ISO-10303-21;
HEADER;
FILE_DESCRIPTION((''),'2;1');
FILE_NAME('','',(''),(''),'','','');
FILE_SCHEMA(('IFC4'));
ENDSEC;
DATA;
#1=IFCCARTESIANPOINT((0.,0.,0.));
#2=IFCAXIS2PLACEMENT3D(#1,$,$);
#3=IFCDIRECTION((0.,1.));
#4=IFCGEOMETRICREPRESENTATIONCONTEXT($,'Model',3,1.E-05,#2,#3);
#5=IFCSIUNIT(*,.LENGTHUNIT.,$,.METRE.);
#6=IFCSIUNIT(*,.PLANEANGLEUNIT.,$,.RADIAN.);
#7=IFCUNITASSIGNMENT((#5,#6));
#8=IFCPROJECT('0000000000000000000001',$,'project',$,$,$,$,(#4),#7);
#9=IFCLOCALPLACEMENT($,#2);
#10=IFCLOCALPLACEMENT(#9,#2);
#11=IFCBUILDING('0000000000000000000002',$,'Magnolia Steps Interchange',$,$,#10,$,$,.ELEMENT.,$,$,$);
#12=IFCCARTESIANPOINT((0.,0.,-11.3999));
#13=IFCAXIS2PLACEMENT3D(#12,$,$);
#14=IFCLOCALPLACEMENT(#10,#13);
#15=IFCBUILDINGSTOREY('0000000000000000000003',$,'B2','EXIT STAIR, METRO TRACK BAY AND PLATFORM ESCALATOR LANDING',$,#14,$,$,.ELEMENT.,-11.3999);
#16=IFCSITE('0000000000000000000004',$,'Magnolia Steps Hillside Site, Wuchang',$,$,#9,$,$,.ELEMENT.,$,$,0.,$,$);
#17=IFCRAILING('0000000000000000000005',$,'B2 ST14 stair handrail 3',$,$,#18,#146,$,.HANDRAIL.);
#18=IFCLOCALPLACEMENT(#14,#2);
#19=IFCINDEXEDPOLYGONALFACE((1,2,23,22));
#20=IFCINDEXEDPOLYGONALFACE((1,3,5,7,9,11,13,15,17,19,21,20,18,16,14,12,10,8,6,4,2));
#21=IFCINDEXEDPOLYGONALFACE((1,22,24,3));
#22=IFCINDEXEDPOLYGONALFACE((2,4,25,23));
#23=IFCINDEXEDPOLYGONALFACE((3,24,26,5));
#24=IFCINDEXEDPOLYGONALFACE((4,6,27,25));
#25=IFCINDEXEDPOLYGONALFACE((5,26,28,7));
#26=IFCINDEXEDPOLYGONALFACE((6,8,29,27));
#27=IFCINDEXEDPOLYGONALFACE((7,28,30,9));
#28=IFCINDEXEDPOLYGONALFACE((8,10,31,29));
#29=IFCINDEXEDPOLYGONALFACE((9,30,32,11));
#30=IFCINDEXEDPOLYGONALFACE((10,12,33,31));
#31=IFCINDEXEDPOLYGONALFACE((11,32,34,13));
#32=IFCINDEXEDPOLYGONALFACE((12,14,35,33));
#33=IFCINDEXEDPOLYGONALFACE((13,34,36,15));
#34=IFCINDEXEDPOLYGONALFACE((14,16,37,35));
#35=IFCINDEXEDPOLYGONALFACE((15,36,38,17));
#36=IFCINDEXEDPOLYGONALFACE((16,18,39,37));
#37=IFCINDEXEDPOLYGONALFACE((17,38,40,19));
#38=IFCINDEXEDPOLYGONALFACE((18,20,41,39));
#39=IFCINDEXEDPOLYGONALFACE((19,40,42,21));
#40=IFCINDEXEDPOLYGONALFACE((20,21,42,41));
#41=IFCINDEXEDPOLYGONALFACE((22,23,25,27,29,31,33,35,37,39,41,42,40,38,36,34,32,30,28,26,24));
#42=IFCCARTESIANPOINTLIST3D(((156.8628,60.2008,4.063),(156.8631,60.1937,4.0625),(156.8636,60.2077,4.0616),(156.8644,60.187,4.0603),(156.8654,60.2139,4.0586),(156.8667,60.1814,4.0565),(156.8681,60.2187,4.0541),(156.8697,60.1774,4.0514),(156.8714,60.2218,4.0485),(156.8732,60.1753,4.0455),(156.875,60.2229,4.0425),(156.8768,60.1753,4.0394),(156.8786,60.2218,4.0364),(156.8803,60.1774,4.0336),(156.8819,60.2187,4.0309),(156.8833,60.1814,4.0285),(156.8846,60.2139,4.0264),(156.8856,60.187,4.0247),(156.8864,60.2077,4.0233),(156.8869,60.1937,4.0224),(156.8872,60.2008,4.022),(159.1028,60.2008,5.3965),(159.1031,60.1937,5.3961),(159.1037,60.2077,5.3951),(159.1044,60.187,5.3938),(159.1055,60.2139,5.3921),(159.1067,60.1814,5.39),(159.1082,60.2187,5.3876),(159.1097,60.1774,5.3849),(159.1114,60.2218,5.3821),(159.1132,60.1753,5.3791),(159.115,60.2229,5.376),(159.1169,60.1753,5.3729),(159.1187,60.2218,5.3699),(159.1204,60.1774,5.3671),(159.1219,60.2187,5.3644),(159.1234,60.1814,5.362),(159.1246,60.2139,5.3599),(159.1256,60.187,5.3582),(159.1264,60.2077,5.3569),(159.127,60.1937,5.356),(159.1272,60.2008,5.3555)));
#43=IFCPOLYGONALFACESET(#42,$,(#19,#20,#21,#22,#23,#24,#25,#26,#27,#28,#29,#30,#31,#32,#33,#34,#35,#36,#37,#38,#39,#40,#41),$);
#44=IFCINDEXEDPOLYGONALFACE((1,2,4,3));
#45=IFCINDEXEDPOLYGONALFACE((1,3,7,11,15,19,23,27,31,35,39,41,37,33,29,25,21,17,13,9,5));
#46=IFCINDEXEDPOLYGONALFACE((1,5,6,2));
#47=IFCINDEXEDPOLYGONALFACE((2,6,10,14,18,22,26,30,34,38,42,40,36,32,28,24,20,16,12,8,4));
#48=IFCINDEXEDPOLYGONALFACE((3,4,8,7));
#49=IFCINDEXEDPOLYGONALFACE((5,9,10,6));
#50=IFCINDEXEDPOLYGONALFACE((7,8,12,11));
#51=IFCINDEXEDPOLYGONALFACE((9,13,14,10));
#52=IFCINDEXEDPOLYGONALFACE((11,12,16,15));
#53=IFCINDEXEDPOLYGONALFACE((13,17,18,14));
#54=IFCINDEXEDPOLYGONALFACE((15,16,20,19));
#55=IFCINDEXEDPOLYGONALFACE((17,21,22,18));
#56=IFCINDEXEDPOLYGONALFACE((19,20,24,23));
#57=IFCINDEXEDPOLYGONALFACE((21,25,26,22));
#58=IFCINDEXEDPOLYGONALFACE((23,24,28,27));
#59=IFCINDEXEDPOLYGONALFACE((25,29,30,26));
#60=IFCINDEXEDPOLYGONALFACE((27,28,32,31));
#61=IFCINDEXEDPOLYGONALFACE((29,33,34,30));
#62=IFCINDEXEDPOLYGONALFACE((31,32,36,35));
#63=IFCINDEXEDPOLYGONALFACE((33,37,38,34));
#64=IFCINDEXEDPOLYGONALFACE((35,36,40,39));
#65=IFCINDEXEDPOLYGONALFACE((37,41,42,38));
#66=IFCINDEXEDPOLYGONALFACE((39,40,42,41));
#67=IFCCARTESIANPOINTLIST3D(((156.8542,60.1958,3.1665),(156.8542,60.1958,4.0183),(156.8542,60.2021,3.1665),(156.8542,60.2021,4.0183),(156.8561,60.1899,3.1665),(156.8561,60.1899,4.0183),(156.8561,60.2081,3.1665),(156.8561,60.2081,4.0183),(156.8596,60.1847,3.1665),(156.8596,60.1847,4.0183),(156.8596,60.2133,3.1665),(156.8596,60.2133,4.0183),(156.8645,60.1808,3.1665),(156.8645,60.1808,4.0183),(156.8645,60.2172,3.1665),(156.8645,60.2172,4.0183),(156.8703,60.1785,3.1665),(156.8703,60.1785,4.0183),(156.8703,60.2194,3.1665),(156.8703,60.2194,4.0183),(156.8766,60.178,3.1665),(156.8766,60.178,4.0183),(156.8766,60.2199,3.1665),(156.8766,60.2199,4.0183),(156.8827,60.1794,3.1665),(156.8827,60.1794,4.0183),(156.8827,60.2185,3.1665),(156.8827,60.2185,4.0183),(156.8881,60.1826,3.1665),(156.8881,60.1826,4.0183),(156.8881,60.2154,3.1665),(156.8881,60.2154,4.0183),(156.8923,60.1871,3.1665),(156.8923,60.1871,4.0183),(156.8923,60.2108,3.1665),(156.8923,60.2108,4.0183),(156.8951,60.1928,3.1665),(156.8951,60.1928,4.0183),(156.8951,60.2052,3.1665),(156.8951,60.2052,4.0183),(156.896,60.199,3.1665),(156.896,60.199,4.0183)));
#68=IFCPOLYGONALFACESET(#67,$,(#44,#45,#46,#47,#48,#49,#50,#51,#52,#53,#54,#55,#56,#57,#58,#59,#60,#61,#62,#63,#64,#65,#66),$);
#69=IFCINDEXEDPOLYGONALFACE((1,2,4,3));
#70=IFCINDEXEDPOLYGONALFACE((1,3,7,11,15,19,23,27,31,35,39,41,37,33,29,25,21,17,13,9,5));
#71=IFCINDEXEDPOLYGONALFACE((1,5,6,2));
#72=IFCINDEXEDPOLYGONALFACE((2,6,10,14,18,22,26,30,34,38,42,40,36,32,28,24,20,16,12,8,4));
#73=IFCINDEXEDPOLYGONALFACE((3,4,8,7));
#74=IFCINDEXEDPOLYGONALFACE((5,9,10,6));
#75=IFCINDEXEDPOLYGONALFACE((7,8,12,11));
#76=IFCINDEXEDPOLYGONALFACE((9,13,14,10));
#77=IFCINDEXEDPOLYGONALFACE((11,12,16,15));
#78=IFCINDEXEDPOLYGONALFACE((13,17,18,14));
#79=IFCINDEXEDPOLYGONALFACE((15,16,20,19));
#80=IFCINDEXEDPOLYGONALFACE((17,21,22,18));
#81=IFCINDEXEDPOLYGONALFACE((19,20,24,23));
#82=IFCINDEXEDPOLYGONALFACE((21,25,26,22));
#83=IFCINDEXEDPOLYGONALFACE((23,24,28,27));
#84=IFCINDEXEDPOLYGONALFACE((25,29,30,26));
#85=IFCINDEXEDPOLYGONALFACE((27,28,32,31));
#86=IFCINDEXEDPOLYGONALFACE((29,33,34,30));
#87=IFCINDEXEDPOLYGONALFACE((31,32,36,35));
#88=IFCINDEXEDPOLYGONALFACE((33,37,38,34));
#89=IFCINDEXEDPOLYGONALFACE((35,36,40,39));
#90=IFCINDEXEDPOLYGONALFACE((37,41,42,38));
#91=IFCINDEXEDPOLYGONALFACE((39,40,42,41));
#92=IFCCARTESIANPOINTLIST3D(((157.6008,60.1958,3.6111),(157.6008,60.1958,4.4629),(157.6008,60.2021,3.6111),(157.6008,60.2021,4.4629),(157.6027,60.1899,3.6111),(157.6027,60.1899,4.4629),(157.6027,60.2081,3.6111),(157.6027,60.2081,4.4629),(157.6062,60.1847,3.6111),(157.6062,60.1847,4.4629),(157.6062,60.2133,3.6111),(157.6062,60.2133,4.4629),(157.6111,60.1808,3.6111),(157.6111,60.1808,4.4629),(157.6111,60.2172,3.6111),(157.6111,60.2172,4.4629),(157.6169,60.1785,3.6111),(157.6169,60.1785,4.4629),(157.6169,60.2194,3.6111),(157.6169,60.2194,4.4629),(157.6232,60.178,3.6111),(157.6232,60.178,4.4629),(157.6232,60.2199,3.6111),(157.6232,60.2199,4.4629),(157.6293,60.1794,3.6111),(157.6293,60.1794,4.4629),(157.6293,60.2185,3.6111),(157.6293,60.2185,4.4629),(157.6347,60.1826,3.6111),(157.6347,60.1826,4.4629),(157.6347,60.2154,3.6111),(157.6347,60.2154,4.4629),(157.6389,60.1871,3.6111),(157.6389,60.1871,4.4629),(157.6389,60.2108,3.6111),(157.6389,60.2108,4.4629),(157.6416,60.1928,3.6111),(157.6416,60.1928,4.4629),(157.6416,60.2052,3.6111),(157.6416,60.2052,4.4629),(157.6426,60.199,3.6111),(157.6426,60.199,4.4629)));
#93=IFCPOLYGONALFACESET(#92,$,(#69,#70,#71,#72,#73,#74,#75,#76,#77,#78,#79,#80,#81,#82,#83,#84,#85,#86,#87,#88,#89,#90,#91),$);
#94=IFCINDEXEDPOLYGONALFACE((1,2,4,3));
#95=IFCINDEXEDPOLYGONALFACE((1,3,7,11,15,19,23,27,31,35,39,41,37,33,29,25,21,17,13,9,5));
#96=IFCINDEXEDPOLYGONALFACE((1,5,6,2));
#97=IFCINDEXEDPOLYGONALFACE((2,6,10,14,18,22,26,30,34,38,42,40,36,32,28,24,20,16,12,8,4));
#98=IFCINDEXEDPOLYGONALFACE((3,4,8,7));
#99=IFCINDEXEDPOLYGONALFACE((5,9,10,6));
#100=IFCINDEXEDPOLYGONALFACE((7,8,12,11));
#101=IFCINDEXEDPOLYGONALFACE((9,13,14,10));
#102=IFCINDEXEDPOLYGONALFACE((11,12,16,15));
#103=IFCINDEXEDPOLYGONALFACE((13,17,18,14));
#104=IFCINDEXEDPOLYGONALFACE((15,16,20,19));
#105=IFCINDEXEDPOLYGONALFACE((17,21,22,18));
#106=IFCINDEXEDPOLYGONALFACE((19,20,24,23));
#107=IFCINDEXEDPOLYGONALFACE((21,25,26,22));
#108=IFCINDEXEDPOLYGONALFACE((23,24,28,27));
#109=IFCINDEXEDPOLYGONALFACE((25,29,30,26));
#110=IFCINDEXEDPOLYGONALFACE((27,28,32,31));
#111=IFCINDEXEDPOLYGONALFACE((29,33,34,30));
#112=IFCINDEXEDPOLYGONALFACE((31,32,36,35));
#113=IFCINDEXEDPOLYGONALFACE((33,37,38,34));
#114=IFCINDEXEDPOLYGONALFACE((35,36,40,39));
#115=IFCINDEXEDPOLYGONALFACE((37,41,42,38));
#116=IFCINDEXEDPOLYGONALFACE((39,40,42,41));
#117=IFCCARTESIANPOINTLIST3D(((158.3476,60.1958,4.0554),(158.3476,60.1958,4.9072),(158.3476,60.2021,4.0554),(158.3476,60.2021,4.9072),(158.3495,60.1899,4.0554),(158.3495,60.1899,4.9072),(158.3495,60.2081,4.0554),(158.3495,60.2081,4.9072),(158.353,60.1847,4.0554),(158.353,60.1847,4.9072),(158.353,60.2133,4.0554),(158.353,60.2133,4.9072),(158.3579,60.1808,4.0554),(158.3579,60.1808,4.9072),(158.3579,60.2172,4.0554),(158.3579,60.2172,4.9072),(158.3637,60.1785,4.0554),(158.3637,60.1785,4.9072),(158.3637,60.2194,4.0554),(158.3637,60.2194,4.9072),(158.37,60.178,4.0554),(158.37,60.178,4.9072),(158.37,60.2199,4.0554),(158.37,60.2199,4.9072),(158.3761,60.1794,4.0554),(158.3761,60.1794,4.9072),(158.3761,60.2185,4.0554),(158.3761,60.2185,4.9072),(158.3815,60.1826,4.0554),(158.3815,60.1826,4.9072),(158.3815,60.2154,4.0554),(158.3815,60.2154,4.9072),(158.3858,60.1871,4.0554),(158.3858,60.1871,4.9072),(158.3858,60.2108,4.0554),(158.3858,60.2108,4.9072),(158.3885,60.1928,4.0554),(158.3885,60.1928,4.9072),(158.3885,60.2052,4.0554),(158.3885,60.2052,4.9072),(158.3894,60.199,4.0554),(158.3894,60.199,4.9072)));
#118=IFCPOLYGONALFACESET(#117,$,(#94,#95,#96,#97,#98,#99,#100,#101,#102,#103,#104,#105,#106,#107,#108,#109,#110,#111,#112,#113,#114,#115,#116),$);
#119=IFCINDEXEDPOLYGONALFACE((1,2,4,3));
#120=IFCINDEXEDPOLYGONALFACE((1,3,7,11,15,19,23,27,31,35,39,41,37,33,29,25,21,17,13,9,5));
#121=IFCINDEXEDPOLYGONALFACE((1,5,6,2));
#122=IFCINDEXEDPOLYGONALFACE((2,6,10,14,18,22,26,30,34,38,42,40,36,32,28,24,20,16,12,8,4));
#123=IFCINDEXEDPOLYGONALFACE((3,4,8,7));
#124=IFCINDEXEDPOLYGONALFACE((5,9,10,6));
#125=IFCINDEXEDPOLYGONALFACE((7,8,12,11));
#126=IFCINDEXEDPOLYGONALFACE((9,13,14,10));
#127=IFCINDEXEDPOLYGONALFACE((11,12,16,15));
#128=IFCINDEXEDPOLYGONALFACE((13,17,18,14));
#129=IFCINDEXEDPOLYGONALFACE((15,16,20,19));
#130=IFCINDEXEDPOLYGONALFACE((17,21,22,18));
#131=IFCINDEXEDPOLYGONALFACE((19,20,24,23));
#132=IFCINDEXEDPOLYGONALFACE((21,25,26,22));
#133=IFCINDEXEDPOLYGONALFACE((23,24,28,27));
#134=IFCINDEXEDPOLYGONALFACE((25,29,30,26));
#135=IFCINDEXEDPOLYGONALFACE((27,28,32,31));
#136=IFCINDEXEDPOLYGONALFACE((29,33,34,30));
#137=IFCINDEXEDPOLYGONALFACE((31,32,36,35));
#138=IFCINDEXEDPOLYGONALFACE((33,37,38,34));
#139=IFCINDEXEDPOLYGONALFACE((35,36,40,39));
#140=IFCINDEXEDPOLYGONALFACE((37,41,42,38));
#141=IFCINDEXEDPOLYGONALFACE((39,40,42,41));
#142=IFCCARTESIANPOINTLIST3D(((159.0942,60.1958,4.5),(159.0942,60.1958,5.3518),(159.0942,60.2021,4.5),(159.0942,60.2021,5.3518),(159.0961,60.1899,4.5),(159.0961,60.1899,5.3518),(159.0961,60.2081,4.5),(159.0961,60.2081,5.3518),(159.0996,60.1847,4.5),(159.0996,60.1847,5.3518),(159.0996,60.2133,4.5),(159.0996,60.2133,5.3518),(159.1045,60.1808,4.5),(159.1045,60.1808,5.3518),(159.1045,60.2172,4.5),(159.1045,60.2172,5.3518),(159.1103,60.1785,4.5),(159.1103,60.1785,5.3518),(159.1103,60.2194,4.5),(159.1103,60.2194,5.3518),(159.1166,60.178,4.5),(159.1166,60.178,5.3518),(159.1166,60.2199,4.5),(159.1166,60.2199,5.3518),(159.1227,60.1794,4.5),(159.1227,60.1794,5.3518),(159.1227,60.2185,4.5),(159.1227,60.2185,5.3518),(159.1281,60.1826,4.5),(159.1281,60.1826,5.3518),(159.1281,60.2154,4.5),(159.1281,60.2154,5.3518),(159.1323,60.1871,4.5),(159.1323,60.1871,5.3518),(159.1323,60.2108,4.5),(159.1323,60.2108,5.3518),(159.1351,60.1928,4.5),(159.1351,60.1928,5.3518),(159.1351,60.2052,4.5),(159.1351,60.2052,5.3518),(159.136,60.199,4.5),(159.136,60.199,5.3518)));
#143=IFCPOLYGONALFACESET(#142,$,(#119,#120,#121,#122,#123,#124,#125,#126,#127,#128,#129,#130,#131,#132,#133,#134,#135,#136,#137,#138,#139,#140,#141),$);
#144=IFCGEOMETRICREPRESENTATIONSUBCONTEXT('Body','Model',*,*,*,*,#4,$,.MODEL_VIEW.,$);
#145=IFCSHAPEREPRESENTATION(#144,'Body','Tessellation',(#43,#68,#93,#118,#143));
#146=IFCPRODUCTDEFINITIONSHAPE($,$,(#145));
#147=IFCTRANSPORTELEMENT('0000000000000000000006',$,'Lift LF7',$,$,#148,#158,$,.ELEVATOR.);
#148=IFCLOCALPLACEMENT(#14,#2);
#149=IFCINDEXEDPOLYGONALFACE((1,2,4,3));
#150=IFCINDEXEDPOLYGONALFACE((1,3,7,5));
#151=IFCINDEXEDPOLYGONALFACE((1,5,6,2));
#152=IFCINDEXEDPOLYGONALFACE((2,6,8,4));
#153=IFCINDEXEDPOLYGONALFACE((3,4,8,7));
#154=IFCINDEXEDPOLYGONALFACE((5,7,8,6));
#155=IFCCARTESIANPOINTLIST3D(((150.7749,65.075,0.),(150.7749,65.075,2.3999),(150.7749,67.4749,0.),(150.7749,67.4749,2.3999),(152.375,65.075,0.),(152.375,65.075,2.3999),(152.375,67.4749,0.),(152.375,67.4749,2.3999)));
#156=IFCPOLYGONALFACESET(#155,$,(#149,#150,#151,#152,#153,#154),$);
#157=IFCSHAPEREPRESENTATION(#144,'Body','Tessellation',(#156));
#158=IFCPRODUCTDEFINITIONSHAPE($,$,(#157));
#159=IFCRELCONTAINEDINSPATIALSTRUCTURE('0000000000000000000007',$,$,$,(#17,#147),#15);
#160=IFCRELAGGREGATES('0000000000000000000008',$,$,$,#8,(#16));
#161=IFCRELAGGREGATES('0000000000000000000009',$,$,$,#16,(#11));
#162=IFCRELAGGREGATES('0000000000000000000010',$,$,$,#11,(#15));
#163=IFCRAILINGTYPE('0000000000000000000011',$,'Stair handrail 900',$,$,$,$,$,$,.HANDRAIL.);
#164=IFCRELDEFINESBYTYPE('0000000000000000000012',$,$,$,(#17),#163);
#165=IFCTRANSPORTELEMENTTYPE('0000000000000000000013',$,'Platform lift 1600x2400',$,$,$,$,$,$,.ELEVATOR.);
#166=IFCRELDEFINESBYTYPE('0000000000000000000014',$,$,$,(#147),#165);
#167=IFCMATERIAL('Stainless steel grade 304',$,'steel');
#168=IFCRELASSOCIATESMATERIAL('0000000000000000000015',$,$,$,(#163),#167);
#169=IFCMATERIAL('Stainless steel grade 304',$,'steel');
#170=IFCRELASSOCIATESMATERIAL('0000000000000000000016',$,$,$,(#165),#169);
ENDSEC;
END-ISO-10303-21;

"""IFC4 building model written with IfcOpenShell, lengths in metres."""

from ifc_helpers import new_model, si_unit, direction, frame, origin, origin_2d, place, context, subcontext, project, spatial, rectangle, circle, extrude, material, type_object, element, save


model = new_model("IFC4")

# Units and contexts
model_context = context("Model", 3, precision=1e-05, world=origin(), true_north=direction((0.0, 1.0)))
body_context = subcontext(model_context, "Body", "Model", "MODEL_VIEW")
ifc_project = project(units=[si_unit("LENGTHUNIT", "METRE"), si_unit("PLANEANGLEUNIT", "RADIAN")], contexts=[model_context])

# Site, building, storey
site_placement = place(None, origin())
site = spatial("IfcSite", under=ifc_project, at=site_placement, Name="Magnolia Steps Hillside Site, Wuchang", CompositionType="ELEMENT", RefElevation=0.0)
building_placement = place(site_placement, origin())
building = spatial("IfcBuilding", under=site, at=building_placement, Name="Magnolia Steps Interchange", CompositionType="ELEMENT")
storey_placement = place(building_placement, frame((0.0, 0.0, -11.3999)))
storey = spatial("IfcBuildingStorey", under=building, at=storey_placement, Name="B2", Description="EXIT STAIR, METRO TRACK BAY AND PLATFORM ESCALATOR LANDING", CompositionType="ELEMENT", Elevation=-11.3999)

# Railing
ifc_material_1 = material(Name="Stainless steel grade 304", Category="steel")
railing_type_1 = type_object("IfcRailingType", Name="Stair handrail 900", PredefinedType="HANDRAIL", material=ifc_material_1)
for number, where, name in (
    (1, (156.875, 60.199, 3.1665), "B2 ST14 stair handrail 3"),
):
    element("IfcRailing", number, at=place(storey_placement, frame(where)), inside=storey, type_object=railing_type_1, Name=name, PredefinedType="HANDRAIL", context=body_context, shape_type="SweptSolid", body=[
        extrude(circle(Radius=0.0239, at=origin_2d()), frame((0.0, 0.0, 0.876), z_axis=(0.859264, 0.0, 0.511532), x_axis=(0.0, 1.0, 0.0)), (0.0, 0.0, 1.0), 2.6069),
        extrude(circle(Radius=0.021, at=origin_2d()), origin(), (0.0, 0.0, 1.0), 0.8518),
        extrude(circle(Radius=0.021, at=origin_2d()), frame((0.7466, 0.0, 0.4446)), (0.0, 0.0, 1.0), 0.8518),
        extrude(circle(Radius=0.021, at=origin_2d()), frame((1.4934, 0.0, 0.8889)), (0.0, 0.0, 1.0), 0.8518),
        extrude(circle(Radius=0.021, at=origin_2d()), frame((2.24, 0.0, 1.3335)), (0.0, 0.0, 1.0), 0.8518),
    ])

# Transport element
ifc_material_2 = material(Name="Stainless steel grade 304", Category="steel")
transport_element_type = type_object("IfcTransportElementType", Name="Platform lift 1600x2400", PredefinedType="ELEVATOR", material=ifc_material_2)
transport_element_placement = place(storey_placement, frame((151.575, 66.2749, 0.0), z_axis=(0.0, 0.0, 1.0), x_axis=(0.0, -1.0, 0.0)))
element("IfcTransportElement", 2, at=transport_element_placement, inside=storey, type_object=transport_element_type, Name="Lift LF7", PredefinedType="ELEVATOR", context=body_context, shape_type="SweptSolid", body=[
    extrude(rectangle(XDim=2.3999, YDim=1.6001, at=origin_2d()), origin(), (0.0, 0.0, 1.0), 2.3999),
])

save(model, "model.ifc")
